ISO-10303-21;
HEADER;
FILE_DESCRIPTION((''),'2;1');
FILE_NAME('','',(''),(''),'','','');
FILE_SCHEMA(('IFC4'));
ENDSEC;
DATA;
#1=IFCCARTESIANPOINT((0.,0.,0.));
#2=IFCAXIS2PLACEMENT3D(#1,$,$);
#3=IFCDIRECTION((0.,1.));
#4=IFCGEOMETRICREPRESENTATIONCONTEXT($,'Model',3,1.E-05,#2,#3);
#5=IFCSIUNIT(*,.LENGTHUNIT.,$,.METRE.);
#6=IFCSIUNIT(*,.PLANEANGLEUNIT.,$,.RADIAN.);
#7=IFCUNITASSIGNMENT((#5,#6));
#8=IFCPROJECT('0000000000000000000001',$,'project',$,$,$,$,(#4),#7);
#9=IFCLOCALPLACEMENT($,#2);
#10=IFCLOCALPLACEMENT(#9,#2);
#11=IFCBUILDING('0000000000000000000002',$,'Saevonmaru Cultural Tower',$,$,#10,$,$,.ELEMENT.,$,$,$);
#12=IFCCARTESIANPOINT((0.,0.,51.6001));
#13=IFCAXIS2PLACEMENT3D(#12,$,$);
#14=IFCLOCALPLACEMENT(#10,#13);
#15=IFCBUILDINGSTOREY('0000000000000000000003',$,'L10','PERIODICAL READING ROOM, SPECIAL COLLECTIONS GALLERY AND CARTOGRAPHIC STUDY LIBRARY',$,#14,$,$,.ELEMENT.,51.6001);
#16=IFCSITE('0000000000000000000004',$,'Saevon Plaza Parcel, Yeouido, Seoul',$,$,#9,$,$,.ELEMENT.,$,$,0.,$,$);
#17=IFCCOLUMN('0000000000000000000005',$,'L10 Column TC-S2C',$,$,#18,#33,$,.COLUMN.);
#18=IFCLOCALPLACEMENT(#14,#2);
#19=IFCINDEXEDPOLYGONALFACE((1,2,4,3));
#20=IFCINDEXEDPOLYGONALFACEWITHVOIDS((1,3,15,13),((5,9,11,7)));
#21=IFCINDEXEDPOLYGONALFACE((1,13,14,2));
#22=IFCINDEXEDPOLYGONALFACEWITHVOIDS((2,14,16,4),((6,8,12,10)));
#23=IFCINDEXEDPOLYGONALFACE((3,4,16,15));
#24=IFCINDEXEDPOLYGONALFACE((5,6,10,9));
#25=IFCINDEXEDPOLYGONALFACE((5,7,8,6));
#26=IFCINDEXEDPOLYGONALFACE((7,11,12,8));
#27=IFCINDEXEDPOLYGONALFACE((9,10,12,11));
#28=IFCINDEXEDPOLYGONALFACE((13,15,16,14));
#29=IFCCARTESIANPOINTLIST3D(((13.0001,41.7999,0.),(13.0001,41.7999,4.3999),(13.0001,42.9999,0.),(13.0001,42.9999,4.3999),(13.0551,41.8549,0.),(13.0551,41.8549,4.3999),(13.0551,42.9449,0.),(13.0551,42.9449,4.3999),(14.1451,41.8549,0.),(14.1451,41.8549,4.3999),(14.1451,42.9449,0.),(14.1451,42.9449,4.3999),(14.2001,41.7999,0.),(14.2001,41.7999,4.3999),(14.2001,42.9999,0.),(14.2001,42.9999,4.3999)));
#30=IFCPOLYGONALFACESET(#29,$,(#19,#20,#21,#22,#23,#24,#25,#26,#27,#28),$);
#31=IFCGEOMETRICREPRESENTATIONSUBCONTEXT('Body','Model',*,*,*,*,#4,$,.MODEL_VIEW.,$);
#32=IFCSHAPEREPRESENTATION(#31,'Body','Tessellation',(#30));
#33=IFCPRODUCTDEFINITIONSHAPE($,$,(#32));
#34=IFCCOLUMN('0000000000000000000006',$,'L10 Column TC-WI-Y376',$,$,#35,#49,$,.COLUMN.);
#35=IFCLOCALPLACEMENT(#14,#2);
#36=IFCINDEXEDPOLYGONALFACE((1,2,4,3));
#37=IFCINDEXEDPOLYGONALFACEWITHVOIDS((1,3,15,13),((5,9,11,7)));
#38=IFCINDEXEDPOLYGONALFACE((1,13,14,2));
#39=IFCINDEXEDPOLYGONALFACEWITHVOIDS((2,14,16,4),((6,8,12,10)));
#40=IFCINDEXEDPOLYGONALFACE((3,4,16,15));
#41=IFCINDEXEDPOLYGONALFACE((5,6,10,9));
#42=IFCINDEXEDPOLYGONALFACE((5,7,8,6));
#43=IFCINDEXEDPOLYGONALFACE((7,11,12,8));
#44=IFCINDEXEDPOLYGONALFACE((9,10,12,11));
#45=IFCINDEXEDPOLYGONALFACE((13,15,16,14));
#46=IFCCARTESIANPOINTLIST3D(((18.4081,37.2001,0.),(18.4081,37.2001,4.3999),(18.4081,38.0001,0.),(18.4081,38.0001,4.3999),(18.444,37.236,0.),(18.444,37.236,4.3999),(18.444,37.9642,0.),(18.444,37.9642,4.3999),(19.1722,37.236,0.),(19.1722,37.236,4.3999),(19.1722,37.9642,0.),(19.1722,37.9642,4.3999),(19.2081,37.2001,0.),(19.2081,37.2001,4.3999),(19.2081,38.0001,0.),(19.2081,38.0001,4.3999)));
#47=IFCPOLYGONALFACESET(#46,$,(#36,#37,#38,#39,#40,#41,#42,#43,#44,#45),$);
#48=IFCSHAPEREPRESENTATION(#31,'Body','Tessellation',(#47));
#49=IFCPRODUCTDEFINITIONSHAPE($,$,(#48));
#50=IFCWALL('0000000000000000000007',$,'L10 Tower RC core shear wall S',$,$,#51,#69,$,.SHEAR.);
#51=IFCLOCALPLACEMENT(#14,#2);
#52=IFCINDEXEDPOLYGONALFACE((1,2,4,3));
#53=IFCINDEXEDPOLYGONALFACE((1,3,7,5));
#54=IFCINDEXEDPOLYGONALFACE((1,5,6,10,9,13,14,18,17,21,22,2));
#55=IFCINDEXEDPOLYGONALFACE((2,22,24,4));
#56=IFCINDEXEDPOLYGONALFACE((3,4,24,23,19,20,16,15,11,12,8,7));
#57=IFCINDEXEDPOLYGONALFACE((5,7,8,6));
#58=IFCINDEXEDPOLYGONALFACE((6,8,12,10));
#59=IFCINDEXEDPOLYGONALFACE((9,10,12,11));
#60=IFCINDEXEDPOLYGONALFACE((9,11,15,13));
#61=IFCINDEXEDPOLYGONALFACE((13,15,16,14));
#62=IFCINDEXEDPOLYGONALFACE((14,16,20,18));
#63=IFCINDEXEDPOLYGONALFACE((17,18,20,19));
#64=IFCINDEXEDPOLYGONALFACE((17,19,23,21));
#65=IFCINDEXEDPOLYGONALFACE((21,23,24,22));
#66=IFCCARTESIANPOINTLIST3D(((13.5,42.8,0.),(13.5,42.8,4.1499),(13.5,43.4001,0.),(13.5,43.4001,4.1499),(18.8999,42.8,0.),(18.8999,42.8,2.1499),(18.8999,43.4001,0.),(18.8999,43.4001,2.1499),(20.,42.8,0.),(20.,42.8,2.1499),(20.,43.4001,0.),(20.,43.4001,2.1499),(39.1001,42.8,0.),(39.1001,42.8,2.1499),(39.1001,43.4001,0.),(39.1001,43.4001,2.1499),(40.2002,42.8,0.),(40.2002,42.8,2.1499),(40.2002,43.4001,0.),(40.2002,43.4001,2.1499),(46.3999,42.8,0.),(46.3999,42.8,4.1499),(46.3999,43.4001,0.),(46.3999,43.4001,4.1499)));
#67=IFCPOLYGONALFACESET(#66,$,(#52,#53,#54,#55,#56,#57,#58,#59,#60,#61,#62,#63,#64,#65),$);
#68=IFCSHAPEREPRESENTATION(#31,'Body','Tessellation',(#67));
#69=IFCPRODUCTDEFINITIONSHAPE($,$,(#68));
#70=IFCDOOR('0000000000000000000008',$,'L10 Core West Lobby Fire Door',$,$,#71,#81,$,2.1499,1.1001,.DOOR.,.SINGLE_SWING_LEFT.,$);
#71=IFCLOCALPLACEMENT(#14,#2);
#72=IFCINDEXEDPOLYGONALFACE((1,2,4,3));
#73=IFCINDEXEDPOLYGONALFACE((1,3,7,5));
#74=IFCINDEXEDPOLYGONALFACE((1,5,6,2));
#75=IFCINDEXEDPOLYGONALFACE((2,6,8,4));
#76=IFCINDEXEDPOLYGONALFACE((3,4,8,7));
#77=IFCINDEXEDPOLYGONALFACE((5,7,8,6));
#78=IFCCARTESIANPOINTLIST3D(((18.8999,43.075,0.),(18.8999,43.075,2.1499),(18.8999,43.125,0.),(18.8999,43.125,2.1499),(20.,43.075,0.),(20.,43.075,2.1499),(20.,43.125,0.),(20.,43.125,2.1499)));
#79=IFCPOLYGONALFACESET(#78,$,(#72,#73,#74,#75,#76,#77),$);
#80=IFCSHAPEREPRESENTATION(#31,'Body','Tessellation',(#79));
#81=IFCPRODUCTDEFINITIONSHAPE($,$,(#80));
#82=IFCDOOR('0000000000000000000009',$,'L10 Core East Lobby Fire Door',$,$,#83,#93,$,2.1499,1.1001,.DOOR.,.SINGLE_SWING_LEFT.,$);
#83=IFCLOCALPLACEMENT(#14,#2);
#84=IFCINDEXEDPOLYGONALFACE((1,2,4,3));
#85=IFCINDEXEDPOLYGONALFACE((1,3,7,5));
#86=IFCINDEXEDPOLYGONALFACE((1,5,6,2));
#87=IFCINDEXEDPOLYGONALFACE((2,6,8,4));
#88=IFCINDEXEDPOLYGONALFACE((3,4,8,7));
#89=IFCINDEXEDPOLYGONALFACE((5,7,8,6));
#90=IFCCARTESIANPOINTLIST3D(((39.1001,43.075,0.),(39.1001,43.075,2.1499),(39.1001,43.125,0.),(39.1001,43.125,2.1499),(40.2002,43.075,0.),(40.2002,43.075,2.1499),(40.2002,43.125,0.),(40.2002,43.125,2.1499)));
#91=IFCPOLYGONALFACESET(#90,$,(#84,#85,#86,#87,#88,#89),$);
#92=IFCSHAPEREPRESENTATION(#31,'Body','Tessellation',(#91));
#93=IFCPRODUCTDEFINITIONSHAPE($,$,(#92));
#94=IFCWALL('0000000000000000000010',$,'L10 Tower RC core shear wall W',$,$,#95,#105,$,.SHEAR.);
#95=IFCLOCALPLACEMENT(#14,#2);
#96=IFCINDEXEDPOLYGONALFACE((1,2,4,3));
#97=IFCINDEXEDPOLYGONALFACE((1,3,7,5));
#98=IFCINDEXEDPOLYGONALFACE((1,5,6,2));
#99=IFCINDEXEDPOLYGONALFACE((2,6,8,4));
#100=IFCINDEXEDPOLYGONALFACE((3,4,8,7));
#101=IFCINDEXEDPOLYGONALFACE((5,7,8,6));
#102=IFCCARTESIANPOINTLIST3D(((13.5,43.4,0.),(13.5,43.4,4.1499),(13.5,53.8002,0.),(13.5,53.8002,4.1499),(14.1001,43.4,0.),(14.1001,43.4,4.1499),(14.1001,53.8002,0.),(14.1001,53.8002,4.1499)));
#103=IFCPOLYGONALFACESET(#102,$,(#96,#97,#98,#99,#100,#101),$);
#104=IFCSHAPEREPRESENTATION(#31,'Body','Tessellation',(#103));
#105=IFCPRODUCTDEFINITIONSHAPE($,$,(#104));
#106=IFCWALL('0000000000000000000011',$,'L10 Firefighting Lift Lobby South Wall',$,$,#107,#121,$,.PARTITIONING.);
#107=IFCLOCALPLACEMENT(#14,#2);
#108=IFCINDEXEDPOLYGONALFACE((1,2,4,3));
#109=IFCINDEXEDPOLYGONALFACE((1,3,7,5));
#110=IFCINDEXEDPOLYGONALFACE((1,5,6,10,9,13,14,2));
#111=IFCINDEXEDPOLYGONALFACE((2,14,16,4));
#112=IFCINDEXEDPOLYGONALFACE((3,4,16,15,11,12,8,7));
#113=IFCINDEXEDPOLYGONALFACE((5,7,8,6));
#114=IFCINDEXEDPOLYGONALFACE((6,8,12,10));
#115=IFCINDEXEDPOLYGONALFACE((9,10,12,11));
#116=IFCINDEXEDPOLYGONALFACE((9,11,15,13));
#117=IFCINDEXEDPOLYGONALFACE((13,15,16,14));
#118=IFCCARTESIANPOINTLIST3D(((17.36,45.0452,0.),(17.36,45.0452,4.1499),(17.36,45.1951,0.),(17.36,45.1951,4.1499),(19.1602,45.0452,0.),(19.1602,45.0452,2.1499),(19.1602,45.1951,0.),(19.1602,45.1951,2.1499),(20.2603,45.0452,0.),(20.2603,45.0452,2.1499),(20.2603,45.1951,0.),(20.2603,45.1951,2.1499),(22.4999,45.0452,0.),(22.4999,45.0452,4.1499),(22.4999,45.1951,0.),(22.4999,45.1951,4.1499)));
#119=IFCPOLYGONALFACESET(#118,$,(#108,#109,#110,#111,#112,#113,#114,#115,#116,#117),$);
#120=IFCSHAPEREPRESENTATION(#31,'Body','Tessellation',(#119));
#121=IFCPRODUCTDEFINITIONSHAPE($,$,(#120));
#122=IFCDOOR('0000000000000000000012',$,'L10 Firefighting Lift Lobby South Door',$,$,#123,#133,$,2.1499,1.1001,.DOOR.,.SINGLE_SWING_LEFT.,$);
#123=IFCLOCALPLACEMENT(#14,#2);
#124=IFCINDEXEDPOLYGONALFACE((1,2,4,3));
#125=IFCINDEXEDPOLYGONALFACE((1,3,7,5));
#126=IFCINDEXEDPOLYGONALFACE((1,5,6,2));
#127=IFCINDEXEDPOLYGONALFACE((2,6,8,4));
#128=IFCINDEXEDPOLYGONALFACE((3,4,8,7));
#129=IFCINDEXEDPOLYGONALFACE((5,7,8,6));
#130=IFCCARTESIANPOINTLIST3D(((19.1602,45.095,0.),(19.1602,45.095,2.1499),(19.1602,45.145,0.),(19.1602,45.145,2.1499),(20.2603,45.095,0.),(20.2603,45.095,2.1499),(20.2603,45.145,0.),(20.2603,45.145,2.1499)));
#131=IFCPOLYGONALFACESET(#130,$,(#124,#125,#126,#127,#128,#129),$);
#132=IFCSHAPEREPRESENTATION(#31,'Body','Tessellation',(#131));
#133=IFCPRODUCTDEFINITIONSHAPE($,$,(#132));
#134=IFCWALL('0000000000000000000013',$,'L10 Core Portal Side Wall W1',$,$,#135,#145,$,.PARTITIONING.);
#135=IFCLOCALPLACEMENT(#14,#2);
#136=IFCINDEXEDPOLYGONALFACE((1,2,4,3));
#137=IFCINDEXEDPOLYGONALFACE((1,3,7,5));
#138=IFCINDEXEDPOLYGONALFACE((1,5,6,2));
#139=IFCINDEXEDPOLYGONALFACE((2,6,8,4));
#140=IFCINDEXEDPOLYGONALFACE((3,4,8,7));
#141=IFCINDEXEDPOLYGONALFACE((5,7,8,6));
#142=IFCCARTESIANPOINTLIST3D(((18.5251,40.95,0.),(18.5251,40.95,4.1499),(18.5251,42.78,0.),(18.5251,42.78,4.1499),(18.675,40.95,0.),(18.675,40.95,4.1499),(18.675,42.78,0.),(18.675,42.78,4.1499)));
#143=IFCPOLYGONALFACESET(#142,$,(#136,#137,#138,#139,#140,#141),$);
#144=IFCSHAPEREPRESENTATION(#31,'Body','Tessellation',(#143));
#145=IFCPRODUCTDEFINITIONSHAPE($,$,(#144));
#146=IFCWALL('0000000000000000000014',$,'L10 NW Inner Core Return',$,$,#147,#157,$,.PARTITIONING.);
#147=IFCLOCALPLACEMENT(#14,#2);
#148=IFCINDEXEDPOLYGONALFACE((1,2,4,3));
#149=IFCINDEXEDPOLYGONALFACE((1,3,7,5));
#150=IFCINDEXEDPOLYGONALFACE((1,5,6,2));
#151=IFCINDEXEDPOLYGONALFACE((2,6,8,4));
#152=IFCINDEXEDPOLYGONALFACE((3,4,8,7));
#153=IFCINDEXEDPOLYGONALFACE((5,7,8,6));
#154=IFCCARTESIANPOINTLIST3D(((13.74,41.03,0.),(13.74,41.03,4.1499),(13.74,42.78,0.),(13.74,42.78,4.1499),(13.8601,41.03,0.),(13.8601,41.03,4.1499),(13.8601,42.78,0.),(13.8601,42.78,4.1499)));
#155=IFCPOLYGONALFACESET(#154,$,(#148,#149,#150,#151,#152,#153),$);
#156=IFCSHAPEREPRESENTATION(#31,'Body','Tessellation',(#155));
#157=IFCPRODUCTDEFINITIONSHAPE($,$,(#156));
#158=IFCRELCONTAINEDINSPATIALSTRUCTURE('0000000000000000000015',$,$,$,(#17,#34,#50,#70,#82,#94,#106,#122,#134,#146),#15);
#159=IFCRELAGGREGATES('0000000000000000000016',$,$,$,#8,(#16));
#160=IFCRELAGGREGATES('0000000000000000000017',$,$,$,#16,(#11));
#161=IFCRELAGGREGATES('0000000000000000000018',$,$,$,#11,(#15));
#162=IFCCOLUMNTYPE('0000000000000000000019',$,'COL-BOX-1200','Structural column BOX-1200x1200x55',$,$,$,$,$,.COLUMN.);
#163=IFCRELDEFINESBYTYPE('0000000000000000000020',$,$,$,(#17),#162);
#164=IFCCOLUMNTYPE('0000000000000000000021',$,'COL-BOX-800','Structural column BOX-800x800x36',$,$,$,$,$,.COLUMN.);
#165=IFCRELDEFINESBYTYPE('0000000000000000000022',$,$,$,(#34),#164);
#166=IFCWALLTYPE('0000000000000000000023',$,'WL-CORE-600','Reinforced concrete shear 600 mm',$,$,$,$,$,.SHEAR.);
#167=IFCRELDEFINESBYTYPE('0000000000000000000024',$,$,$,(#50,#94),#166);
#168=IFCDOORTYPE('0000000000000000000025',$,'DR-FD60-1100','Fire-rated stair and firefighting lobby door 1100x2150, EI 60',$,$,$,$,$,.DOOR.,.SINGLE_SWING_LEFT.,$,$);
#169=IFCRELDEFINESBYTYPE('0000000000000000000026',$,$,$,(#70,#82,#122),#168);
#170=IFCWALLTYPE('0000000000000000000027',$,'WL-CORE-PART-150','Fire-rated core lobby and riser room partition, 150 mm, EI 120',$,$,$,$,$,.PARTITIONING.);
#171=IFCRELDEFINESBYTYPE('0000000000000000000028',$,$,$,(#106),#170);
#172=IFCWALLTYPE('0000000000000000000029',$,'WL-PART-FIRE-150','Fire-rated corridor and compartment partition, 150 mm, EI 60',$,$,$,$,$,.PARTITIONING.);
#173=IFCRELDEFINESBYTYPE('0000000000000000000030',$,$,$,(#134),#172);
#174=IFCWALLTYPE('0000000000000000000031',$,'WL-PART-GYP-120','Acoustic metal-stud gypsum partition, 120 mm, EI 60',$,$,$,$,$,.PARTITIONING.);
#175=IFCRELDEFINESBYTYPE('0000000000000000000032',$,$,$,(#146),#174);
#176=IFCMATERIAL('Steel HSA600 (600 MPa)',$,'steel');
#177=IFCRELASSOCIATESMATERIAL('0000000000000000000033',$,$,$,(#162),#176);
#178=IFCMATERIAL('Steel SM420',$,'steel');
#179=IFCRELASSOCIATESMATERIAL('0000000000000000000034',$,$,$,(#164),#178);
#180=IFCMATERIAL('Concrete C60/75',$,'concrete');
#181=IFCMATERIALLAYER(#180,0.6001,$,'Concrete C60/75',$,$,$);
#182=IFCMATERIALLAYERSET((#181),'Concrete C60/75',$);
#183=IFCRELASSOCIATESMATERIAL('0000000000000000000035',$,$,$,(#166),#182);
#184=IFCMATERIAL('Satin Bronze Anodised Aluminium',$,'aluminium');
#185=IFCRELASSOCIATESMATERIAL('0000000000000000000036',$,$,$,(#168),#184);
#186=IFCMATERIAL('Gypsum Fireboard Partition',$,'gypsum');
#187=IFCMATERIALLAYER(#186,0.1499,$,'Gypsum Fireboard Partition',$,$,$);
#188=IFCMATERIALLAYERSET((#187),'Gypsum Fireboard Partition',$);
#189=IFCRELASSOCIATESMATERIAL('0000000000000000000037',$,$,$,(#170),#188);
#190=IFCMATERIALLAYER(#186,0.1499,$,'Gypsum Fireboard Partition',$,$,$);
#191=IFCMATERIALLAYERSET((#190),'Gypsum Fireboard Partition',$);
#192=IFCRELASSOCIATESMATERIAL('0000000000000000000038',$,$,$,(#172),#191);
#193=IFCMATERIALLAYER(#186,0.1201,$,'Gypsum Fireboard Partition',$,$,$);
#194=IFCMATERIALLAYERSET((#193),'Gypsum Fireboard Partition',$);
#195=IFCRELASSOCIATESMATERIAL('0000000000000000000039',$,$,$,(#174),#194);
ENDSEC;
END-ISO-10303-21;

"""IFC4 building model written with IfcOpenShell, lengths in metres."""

from ifc_helpers import new_model, si_unit, direction, frame, frame_2d, origin, origin_2d, place, context, subcontext, project, spatial, rectangle, hollow_rectangle, extrude, material, layer, layer_set, material_profile, profile_set, type_object, element, fill, save


model = new_model("IFC4")

# Units and contexts
model_context = context("Model", 3, precision=1e-05, world=origin(), true_north=direction((0.0, 1.0)))
body_context = subcontext(model_context, "Body", "Model", "MODEL_VIEW")
ifc_project = project(units=[si_unit("LENGTHUNIT", "METRE"), si_unit("PLANEANGLEUNIT", "RADIAN")], contexts=[model_context])

# Site, building, storey
site_placement = place(None, origin())
site = spatial("IfcSite", under=ifc_project, at=site_placement, Name="Saevon Plaza Parcel, Yeouido, Seoul", CompositionType="ELEMENT", RefElevation=0.0)
building_placement = place(site_placement, origin())
building = spatial("IfcBuilding", under=site, at=building_placement, Name="Saevonmaru Cultural Tower", CompositionType="ELEMENT")
storey_placement = place(building_placement, frame((0.0, 0.0, 51.6001)))
storey = spatial("IfcBuildingStorey", under=building, at=storey_placement, Name="L10", Description="PERIODICAL READING ROOM, SPECIAL COLLECTIONS GALLERY AND CARTOGRAPHIC STUDY LIBRARY", CompositionType="ELEMENT", Elevation=51.6001)

# Columns
ifc_material_1 = material(Name="Steel HSA600 (600 MPa)", Category="steel")
ifc_material_profile_1 = material_profile(ifc_material_1, hollow_rectangle(XDim=1.2, YDim=1.2, WallThickness=0.0549, at=origin_2d()), Name="BOX-1200x1200x55")
ifc_profile_set_1 = profile_set([ifc_material_profile_1], Name="Steel HSA600 (600 MPa)")
column_type_1 = type_object("IfcColumnType", Name="COL-BOX-1200", Description="Structural column BOX-1200x1200x55", PredefinedType="COLUMN", material=ifc_profile_set_1)
column_1_placement = place(storey_placement, frame((13.6001, 42.3999, 0.0), z_axis=(0.0, 0.0, 1.0), x_axis=(1.0, 0.0, 0.0)))
element("IfcColumn", 1, at=column_1_placement, inside=storey, type_object=column_type_1, Name="L10 Column TC-S2C", PredefinedType="COLUMN", context=body_context, shape_type="SweptSolid", body=[
    extrude(hollow_rectangle(XDim=1.2, YDim=1.2, WallThickness=0.0549, at=origin_2d()), origin(), (0.0, 0.0, 1.0), 4.3999),
])
ifc_material_2 = material(Name="Steel SM420", Category="steel")
ifc_material_profile_2 = material_profile(ifc_material_2, hollow_rectangle(XDim=0.8, YDim=0.8, WallThickness=0.0359, at=origin_2d()), Name="BOX-800x800x36")
ifc_profile_set_2 = profile_set([ifc_material_profile_2], Name="Steel SM420")
column_type_2 = type_object("IfcColumnType", Name="COL-BOX-800", Description="Structural column BOX-800x800x36", PredefinedType="COLUMN", material=ifc_profile_set_2)
column_2_placement = place(storey_placement, frame((18.8081, 37.6001, 0.0), z_axis=(0.0, 0.0, 1.0), x_axis=(1.0, 0.0, 0.0)))
element("IfcColumn", 2, at=column_2_placement, inside=storey, type_object=column_type_2, Name="L10 Column TC-WI-Y376", PredefinedType="COLUMN", context=body_context, shape_type="SweptSolid", body=[
    extrude(hollow_rectangle(XDim=0.8, YDim=0.8, WallThickness=0.0359, at=origin_2d()), origin(), (0.0, 0.0, 1.0), 4.3999),
])

# Wall, openings, doors
ifc_material_3 = material(Name="Concrete C60/75", Category="concrete")
ifc_layer_1 = layer(ifc_material_3, 0.6001, Name="Concrete C60/75")
ifc_layer_set_1 = layer_set([ifc_layer_1], Name="Concrete C60/75")
wall_type_1 = type_object("IfcWallType", Name="WL-CORE-600", Description="Reinforced concrete shear 600 mm", PredefinedType="SHEAR", material=ifc_layer_set_1)
wall_1_placement = place(storey_placement, frame((13.5, 43.1001, 0.0), z_axis=(0.0, 0.0, 1.0), x_axis=(1.0, 0.0, 0.0)))
wall_1 = element("IfcWall", 3, at=wall_1_placement, inside=storey, type_object=wall_type_1, Name="L10 Tower RC core shear wall S", PredefinedType="SHEAR", context=body_context, shape_type="SweptSolid", body=[
    extrude(rectangle(XDim=32.8999, YDim=0.6001, at=frame_2d((16.45, 0.0))), origin(), (0.0, 0.0, 1.0), 4.1499),
])
opening_1_placement = place(wall_1_placement, frame((5.3999, 0.0, 0.0)))
opening_1 = element("IfcOpeningElement", 4, at=opening_1_placement, cuts=wall_1, PredefinedType="OPENING", context=body_context, shape_type="SweptSolid", body=[
    extrude(rectangle(XDim=1.1001, YDim=2.1499, at=frame_2d((0.55, 1.075))), frame((0.0, 0.3101, 0.0), z_axis=(0.0, -1.0, 0.0), x_axis=(1.0, 0.0, 0.0)), (0.0, 0.0, 1.0), 0.6201),
])
opening_2_placement = place(wall_1_placement, frame((25.6001, 0.0, 0.0)))
opening_2 = element("IfcOpeningElement", 5, at=opening_2_placement, cuts=wall_1, PredefinedType="OPENING", context=body_context, shape_type="SweptSolid", body=[
    extrude(rectangle(XDim=1.1001, YDim=2.1499, at=frame_2d((0.55, 1.075))), frame((0.0, 0.3101, 0.0), z_axis=(0.0, -1.0, 0.0), x_axis=(1.0, 0.0, 0.0)), (0.0, 0.0, 1.0), 0.6201),
])
ifc_material_4 = material(Name="Satin Bronze Anodised Aluminium", Category="aluminium")
door_type_1 = type_object("IfcDoorType", Name="DR-FD60-1100", Description="Fire-rated stair and firefighting lobby door 1100x2150, EI 60", OperationType="SINGLE_SWING_LEFT", PredefinedType="DOOR", material=ifc_material_4)
door_1_placement = place(opening_1_placement, origin())
door_1 = element("IfcDoor", 6, at=door_1_placement, inside=storey, type_object=door_type_1, Name="L10 Core West Lobby Fire Door", OperationType="SINGLE_SWING_LEFT", OverallHeight=2.1499, OverallWidth=1.1001, PredefinedType="DOOR", context=body_context, shape_type="SweptSolid", body=[
    extrude(rectangle(XDim=1.1001, YDim=2.1499, at=frame_2d((0.55, 1.075))), frame((0.0, 0.0249, 0.0), z_axis=(0.0, -1.0, 0.0), x_axis=(1.0, 0.0, 0.0)), (0.0, 0.0, 1.0), 0.05),
])
fill(opening_1, door_1)
door_2_placement = place(opening_2_placement, origin())
door_2 = element("IfcDoor", 7, at=door_2_placement, inside=storey, type_object=door_type_1, Name="L10 Core East Lobby Fire Door", OperationType="SINGLE_SWING_LEFT", OverallHeight=2.1499, OverallWidth=1.1001, PredefinedType="DOOR", context=body_context, shape_type="SweptSolid", body=[
    extrude(rectangle(XDim=1.1001, YDim=2.1499, at=frame_2d((0.55, 1.075))), frame((0.0, 0.0249, 0.0), z_axis=(0.0, -1.0, 0.0), x_axis=(1.0, 0.0, 0.0)), (0.0, 0.0, 1.0), 0.05),
])
fill(opening_2, door_2)

# Wall
wall_2_placement = place(storey_placement, frame((13.8, 43.3999, 0.0), z_axis=(0.0, 0.0, 1.0), x_axis=(0.0, 1.0, 0.0)))
element("IfcWall", 8, at=wall_2_placement, inside=storey, type_object=wall_type_1, Name="L10 Tower RC core shear wall W", PredefinedType="SHEAR", context=body_context, shape_type="SweptSolid", body=[
    extrude(rectangle(XDim=10.4001, YDim=0.6001, at=frame_2d((5.2002, 0.0))), origin(), (0.0, 0.0, 1.0), 4.1499),
])

# Wall, opening, door
ifc_material_5 = material(Name="Gypsum Fireboard Partition", Category="gypsum")
ifc_layer_2 = layer(ifc_material_5, 0.1499, Name="Gypsum Fireboard Partition")
ifc_layer_set_2 = layer_set([ifc_layer_2], Name="Gypsum Fireboard Partition")
wall_type_2 = type_object("IfcWallType", Name="WL-CORE-PART-150", Description="Fire-rated core lobby and riser room partition, 150 mm, EI 120", PredefinedType="PARTITIONING", material=ifc_layer_set_2)
wall_3_placement = place(storey_placement, frame((17.3601, 45.1201, 0.0), z_axis=(0.0, 0.0, 1.0), x_axis=(1.0, 0.0, 0.0)))
wall_3 = element("IfcWall", 9, at=wall_3_placement, inside=storey, type_object=wall_type_2, Name="L10 Firefighting Lift Lobby South Wall", PredefinedType="PARTITIONING", context=body_context, shape_type="SweptSolid", body=[
    extrude(rectangle(XDim=5.1399, YDim=0.1499, at=frame_2d((2.5698, 0.0))), origin(), (0.0, 0.0, 1.0), 4.1499),
])
opening_3_placement = place(wall_3_placement, frame((1.8, 0.0, 0.0)))
opening_3 = element("IfcOpeningElement", 10, at=opening_3_placement, cuts=wall_3, PredefinedType="OPENING", context=body_context, shape_type="SweptSolid", body=[
    extrude(rectangle(XDim=1.1001, YDim=2.1499, at=frame_2d((0.55, 1.075))), frame((0.0, 0.085, 0.0), z_axis=(0.0, -1.0, 0.0), x_axis=(1.0, 0.0, 0.0)), (0.0, 0.0, 1.0), 0.1699),
])
door_3_placement = place(opening_3_placement, origin())
door_3 = element("IfcDoor", 11, at=door_3_placement, inside=storey, type_object=door_type_1, Name="L10 Firefighting Lift Lobby South Door", OperationType="SINGLE_SWING_LEFT", OverallHeight=2.1499, OverallWidth=1.1001, PredefinedType="DOOR", context=body_context, shape_type="SweptSolid", body=[
    extrude(rectangle(XDim=1.1001, YDim=2.1499, at=frame_2d((0.55, 1.075))), frame((0.0, 0.0249, 0.0), z_axis=(0.0, -1.0, 0.0), x_axis=(1.0, 0.0, 0.0)), (0.0, 0.0, 1.0), 0.05),
])
fill(opening_3, door_3)

# Walls
ifc_layer_3 = layer(ifc_material_5, 0.1499, Name="Gypsum Fireboard Partition")
ifc_layer_set_3 = layer_set([ifc_layer_3], Name="Gypsum Fireboard Partition")
wall_type_3 = type_object("IfcWallType", Name="WL-PART-FIRE-150", Description="Fire-rated corridor and compartment partition, 150 mm, EI 60", PredefinedType="PARTITIONING", material=ifc_layer_set_3)
wall_4_placement = place(storey_placement, frame((18.6001, 40.95, 0.0), z_axis=(0.0, 0.0, 1.0), x_axis=(0.0, 1.0, 0.0)))
element("IfcWall", 12, at=wall_4_placement, inside=storey, type_object=wall_type_3, Name="L10 Core Portal Side Wall W1", PredefinedType="PARTITIONING", context=body_context, shape_type="SweptSolid", body=[
    extrude(rectangle(XDim=1.8301, YDim=0.1499, at=frame_2d((0.915, 0.0))), origin(), (0.0, 0.0, 1.0), 4.1499),
])
ifc_layer_4 = layer(ifc_material_5, 0.1201, Name="Gypsum Fireboard Partition")
ifc_layer_set_4 = layer_set([ifc_layer_4], Name="Gypsum Fireboard Partition")
wall_type_4 = type_object("IfcWallType", Name="WL-PART-GYP-120", Description="Acoustic metal-stud gypsum partition, 120 mm, EI 60", PredefinedType="PARTITIONING", material=ifc_layer_set_4)
wall_5_placement = place(storey_placement, frame((13.8, 41.03, 0.0), z_axis=(0.0, 0.0, 1.0), x_axis=(0.0, 1.0, 0.0)))
element("IfcWall", 13, at=wall_5_placement, inside=storey, type_object=wall_type_4, Name="L10 NW Inner Core Return", PredefinedType="PARTITIONING", context=body_context, shape_type="SweptSolid", body=[
    extrude(rectangle(XDim=1.75, YDim=0.1201, at=frame_2d((0.875, 0.0))), origin(), (0.0, 0.0, 1.0), 4.1499),
])

save(model, "model.ifc")
